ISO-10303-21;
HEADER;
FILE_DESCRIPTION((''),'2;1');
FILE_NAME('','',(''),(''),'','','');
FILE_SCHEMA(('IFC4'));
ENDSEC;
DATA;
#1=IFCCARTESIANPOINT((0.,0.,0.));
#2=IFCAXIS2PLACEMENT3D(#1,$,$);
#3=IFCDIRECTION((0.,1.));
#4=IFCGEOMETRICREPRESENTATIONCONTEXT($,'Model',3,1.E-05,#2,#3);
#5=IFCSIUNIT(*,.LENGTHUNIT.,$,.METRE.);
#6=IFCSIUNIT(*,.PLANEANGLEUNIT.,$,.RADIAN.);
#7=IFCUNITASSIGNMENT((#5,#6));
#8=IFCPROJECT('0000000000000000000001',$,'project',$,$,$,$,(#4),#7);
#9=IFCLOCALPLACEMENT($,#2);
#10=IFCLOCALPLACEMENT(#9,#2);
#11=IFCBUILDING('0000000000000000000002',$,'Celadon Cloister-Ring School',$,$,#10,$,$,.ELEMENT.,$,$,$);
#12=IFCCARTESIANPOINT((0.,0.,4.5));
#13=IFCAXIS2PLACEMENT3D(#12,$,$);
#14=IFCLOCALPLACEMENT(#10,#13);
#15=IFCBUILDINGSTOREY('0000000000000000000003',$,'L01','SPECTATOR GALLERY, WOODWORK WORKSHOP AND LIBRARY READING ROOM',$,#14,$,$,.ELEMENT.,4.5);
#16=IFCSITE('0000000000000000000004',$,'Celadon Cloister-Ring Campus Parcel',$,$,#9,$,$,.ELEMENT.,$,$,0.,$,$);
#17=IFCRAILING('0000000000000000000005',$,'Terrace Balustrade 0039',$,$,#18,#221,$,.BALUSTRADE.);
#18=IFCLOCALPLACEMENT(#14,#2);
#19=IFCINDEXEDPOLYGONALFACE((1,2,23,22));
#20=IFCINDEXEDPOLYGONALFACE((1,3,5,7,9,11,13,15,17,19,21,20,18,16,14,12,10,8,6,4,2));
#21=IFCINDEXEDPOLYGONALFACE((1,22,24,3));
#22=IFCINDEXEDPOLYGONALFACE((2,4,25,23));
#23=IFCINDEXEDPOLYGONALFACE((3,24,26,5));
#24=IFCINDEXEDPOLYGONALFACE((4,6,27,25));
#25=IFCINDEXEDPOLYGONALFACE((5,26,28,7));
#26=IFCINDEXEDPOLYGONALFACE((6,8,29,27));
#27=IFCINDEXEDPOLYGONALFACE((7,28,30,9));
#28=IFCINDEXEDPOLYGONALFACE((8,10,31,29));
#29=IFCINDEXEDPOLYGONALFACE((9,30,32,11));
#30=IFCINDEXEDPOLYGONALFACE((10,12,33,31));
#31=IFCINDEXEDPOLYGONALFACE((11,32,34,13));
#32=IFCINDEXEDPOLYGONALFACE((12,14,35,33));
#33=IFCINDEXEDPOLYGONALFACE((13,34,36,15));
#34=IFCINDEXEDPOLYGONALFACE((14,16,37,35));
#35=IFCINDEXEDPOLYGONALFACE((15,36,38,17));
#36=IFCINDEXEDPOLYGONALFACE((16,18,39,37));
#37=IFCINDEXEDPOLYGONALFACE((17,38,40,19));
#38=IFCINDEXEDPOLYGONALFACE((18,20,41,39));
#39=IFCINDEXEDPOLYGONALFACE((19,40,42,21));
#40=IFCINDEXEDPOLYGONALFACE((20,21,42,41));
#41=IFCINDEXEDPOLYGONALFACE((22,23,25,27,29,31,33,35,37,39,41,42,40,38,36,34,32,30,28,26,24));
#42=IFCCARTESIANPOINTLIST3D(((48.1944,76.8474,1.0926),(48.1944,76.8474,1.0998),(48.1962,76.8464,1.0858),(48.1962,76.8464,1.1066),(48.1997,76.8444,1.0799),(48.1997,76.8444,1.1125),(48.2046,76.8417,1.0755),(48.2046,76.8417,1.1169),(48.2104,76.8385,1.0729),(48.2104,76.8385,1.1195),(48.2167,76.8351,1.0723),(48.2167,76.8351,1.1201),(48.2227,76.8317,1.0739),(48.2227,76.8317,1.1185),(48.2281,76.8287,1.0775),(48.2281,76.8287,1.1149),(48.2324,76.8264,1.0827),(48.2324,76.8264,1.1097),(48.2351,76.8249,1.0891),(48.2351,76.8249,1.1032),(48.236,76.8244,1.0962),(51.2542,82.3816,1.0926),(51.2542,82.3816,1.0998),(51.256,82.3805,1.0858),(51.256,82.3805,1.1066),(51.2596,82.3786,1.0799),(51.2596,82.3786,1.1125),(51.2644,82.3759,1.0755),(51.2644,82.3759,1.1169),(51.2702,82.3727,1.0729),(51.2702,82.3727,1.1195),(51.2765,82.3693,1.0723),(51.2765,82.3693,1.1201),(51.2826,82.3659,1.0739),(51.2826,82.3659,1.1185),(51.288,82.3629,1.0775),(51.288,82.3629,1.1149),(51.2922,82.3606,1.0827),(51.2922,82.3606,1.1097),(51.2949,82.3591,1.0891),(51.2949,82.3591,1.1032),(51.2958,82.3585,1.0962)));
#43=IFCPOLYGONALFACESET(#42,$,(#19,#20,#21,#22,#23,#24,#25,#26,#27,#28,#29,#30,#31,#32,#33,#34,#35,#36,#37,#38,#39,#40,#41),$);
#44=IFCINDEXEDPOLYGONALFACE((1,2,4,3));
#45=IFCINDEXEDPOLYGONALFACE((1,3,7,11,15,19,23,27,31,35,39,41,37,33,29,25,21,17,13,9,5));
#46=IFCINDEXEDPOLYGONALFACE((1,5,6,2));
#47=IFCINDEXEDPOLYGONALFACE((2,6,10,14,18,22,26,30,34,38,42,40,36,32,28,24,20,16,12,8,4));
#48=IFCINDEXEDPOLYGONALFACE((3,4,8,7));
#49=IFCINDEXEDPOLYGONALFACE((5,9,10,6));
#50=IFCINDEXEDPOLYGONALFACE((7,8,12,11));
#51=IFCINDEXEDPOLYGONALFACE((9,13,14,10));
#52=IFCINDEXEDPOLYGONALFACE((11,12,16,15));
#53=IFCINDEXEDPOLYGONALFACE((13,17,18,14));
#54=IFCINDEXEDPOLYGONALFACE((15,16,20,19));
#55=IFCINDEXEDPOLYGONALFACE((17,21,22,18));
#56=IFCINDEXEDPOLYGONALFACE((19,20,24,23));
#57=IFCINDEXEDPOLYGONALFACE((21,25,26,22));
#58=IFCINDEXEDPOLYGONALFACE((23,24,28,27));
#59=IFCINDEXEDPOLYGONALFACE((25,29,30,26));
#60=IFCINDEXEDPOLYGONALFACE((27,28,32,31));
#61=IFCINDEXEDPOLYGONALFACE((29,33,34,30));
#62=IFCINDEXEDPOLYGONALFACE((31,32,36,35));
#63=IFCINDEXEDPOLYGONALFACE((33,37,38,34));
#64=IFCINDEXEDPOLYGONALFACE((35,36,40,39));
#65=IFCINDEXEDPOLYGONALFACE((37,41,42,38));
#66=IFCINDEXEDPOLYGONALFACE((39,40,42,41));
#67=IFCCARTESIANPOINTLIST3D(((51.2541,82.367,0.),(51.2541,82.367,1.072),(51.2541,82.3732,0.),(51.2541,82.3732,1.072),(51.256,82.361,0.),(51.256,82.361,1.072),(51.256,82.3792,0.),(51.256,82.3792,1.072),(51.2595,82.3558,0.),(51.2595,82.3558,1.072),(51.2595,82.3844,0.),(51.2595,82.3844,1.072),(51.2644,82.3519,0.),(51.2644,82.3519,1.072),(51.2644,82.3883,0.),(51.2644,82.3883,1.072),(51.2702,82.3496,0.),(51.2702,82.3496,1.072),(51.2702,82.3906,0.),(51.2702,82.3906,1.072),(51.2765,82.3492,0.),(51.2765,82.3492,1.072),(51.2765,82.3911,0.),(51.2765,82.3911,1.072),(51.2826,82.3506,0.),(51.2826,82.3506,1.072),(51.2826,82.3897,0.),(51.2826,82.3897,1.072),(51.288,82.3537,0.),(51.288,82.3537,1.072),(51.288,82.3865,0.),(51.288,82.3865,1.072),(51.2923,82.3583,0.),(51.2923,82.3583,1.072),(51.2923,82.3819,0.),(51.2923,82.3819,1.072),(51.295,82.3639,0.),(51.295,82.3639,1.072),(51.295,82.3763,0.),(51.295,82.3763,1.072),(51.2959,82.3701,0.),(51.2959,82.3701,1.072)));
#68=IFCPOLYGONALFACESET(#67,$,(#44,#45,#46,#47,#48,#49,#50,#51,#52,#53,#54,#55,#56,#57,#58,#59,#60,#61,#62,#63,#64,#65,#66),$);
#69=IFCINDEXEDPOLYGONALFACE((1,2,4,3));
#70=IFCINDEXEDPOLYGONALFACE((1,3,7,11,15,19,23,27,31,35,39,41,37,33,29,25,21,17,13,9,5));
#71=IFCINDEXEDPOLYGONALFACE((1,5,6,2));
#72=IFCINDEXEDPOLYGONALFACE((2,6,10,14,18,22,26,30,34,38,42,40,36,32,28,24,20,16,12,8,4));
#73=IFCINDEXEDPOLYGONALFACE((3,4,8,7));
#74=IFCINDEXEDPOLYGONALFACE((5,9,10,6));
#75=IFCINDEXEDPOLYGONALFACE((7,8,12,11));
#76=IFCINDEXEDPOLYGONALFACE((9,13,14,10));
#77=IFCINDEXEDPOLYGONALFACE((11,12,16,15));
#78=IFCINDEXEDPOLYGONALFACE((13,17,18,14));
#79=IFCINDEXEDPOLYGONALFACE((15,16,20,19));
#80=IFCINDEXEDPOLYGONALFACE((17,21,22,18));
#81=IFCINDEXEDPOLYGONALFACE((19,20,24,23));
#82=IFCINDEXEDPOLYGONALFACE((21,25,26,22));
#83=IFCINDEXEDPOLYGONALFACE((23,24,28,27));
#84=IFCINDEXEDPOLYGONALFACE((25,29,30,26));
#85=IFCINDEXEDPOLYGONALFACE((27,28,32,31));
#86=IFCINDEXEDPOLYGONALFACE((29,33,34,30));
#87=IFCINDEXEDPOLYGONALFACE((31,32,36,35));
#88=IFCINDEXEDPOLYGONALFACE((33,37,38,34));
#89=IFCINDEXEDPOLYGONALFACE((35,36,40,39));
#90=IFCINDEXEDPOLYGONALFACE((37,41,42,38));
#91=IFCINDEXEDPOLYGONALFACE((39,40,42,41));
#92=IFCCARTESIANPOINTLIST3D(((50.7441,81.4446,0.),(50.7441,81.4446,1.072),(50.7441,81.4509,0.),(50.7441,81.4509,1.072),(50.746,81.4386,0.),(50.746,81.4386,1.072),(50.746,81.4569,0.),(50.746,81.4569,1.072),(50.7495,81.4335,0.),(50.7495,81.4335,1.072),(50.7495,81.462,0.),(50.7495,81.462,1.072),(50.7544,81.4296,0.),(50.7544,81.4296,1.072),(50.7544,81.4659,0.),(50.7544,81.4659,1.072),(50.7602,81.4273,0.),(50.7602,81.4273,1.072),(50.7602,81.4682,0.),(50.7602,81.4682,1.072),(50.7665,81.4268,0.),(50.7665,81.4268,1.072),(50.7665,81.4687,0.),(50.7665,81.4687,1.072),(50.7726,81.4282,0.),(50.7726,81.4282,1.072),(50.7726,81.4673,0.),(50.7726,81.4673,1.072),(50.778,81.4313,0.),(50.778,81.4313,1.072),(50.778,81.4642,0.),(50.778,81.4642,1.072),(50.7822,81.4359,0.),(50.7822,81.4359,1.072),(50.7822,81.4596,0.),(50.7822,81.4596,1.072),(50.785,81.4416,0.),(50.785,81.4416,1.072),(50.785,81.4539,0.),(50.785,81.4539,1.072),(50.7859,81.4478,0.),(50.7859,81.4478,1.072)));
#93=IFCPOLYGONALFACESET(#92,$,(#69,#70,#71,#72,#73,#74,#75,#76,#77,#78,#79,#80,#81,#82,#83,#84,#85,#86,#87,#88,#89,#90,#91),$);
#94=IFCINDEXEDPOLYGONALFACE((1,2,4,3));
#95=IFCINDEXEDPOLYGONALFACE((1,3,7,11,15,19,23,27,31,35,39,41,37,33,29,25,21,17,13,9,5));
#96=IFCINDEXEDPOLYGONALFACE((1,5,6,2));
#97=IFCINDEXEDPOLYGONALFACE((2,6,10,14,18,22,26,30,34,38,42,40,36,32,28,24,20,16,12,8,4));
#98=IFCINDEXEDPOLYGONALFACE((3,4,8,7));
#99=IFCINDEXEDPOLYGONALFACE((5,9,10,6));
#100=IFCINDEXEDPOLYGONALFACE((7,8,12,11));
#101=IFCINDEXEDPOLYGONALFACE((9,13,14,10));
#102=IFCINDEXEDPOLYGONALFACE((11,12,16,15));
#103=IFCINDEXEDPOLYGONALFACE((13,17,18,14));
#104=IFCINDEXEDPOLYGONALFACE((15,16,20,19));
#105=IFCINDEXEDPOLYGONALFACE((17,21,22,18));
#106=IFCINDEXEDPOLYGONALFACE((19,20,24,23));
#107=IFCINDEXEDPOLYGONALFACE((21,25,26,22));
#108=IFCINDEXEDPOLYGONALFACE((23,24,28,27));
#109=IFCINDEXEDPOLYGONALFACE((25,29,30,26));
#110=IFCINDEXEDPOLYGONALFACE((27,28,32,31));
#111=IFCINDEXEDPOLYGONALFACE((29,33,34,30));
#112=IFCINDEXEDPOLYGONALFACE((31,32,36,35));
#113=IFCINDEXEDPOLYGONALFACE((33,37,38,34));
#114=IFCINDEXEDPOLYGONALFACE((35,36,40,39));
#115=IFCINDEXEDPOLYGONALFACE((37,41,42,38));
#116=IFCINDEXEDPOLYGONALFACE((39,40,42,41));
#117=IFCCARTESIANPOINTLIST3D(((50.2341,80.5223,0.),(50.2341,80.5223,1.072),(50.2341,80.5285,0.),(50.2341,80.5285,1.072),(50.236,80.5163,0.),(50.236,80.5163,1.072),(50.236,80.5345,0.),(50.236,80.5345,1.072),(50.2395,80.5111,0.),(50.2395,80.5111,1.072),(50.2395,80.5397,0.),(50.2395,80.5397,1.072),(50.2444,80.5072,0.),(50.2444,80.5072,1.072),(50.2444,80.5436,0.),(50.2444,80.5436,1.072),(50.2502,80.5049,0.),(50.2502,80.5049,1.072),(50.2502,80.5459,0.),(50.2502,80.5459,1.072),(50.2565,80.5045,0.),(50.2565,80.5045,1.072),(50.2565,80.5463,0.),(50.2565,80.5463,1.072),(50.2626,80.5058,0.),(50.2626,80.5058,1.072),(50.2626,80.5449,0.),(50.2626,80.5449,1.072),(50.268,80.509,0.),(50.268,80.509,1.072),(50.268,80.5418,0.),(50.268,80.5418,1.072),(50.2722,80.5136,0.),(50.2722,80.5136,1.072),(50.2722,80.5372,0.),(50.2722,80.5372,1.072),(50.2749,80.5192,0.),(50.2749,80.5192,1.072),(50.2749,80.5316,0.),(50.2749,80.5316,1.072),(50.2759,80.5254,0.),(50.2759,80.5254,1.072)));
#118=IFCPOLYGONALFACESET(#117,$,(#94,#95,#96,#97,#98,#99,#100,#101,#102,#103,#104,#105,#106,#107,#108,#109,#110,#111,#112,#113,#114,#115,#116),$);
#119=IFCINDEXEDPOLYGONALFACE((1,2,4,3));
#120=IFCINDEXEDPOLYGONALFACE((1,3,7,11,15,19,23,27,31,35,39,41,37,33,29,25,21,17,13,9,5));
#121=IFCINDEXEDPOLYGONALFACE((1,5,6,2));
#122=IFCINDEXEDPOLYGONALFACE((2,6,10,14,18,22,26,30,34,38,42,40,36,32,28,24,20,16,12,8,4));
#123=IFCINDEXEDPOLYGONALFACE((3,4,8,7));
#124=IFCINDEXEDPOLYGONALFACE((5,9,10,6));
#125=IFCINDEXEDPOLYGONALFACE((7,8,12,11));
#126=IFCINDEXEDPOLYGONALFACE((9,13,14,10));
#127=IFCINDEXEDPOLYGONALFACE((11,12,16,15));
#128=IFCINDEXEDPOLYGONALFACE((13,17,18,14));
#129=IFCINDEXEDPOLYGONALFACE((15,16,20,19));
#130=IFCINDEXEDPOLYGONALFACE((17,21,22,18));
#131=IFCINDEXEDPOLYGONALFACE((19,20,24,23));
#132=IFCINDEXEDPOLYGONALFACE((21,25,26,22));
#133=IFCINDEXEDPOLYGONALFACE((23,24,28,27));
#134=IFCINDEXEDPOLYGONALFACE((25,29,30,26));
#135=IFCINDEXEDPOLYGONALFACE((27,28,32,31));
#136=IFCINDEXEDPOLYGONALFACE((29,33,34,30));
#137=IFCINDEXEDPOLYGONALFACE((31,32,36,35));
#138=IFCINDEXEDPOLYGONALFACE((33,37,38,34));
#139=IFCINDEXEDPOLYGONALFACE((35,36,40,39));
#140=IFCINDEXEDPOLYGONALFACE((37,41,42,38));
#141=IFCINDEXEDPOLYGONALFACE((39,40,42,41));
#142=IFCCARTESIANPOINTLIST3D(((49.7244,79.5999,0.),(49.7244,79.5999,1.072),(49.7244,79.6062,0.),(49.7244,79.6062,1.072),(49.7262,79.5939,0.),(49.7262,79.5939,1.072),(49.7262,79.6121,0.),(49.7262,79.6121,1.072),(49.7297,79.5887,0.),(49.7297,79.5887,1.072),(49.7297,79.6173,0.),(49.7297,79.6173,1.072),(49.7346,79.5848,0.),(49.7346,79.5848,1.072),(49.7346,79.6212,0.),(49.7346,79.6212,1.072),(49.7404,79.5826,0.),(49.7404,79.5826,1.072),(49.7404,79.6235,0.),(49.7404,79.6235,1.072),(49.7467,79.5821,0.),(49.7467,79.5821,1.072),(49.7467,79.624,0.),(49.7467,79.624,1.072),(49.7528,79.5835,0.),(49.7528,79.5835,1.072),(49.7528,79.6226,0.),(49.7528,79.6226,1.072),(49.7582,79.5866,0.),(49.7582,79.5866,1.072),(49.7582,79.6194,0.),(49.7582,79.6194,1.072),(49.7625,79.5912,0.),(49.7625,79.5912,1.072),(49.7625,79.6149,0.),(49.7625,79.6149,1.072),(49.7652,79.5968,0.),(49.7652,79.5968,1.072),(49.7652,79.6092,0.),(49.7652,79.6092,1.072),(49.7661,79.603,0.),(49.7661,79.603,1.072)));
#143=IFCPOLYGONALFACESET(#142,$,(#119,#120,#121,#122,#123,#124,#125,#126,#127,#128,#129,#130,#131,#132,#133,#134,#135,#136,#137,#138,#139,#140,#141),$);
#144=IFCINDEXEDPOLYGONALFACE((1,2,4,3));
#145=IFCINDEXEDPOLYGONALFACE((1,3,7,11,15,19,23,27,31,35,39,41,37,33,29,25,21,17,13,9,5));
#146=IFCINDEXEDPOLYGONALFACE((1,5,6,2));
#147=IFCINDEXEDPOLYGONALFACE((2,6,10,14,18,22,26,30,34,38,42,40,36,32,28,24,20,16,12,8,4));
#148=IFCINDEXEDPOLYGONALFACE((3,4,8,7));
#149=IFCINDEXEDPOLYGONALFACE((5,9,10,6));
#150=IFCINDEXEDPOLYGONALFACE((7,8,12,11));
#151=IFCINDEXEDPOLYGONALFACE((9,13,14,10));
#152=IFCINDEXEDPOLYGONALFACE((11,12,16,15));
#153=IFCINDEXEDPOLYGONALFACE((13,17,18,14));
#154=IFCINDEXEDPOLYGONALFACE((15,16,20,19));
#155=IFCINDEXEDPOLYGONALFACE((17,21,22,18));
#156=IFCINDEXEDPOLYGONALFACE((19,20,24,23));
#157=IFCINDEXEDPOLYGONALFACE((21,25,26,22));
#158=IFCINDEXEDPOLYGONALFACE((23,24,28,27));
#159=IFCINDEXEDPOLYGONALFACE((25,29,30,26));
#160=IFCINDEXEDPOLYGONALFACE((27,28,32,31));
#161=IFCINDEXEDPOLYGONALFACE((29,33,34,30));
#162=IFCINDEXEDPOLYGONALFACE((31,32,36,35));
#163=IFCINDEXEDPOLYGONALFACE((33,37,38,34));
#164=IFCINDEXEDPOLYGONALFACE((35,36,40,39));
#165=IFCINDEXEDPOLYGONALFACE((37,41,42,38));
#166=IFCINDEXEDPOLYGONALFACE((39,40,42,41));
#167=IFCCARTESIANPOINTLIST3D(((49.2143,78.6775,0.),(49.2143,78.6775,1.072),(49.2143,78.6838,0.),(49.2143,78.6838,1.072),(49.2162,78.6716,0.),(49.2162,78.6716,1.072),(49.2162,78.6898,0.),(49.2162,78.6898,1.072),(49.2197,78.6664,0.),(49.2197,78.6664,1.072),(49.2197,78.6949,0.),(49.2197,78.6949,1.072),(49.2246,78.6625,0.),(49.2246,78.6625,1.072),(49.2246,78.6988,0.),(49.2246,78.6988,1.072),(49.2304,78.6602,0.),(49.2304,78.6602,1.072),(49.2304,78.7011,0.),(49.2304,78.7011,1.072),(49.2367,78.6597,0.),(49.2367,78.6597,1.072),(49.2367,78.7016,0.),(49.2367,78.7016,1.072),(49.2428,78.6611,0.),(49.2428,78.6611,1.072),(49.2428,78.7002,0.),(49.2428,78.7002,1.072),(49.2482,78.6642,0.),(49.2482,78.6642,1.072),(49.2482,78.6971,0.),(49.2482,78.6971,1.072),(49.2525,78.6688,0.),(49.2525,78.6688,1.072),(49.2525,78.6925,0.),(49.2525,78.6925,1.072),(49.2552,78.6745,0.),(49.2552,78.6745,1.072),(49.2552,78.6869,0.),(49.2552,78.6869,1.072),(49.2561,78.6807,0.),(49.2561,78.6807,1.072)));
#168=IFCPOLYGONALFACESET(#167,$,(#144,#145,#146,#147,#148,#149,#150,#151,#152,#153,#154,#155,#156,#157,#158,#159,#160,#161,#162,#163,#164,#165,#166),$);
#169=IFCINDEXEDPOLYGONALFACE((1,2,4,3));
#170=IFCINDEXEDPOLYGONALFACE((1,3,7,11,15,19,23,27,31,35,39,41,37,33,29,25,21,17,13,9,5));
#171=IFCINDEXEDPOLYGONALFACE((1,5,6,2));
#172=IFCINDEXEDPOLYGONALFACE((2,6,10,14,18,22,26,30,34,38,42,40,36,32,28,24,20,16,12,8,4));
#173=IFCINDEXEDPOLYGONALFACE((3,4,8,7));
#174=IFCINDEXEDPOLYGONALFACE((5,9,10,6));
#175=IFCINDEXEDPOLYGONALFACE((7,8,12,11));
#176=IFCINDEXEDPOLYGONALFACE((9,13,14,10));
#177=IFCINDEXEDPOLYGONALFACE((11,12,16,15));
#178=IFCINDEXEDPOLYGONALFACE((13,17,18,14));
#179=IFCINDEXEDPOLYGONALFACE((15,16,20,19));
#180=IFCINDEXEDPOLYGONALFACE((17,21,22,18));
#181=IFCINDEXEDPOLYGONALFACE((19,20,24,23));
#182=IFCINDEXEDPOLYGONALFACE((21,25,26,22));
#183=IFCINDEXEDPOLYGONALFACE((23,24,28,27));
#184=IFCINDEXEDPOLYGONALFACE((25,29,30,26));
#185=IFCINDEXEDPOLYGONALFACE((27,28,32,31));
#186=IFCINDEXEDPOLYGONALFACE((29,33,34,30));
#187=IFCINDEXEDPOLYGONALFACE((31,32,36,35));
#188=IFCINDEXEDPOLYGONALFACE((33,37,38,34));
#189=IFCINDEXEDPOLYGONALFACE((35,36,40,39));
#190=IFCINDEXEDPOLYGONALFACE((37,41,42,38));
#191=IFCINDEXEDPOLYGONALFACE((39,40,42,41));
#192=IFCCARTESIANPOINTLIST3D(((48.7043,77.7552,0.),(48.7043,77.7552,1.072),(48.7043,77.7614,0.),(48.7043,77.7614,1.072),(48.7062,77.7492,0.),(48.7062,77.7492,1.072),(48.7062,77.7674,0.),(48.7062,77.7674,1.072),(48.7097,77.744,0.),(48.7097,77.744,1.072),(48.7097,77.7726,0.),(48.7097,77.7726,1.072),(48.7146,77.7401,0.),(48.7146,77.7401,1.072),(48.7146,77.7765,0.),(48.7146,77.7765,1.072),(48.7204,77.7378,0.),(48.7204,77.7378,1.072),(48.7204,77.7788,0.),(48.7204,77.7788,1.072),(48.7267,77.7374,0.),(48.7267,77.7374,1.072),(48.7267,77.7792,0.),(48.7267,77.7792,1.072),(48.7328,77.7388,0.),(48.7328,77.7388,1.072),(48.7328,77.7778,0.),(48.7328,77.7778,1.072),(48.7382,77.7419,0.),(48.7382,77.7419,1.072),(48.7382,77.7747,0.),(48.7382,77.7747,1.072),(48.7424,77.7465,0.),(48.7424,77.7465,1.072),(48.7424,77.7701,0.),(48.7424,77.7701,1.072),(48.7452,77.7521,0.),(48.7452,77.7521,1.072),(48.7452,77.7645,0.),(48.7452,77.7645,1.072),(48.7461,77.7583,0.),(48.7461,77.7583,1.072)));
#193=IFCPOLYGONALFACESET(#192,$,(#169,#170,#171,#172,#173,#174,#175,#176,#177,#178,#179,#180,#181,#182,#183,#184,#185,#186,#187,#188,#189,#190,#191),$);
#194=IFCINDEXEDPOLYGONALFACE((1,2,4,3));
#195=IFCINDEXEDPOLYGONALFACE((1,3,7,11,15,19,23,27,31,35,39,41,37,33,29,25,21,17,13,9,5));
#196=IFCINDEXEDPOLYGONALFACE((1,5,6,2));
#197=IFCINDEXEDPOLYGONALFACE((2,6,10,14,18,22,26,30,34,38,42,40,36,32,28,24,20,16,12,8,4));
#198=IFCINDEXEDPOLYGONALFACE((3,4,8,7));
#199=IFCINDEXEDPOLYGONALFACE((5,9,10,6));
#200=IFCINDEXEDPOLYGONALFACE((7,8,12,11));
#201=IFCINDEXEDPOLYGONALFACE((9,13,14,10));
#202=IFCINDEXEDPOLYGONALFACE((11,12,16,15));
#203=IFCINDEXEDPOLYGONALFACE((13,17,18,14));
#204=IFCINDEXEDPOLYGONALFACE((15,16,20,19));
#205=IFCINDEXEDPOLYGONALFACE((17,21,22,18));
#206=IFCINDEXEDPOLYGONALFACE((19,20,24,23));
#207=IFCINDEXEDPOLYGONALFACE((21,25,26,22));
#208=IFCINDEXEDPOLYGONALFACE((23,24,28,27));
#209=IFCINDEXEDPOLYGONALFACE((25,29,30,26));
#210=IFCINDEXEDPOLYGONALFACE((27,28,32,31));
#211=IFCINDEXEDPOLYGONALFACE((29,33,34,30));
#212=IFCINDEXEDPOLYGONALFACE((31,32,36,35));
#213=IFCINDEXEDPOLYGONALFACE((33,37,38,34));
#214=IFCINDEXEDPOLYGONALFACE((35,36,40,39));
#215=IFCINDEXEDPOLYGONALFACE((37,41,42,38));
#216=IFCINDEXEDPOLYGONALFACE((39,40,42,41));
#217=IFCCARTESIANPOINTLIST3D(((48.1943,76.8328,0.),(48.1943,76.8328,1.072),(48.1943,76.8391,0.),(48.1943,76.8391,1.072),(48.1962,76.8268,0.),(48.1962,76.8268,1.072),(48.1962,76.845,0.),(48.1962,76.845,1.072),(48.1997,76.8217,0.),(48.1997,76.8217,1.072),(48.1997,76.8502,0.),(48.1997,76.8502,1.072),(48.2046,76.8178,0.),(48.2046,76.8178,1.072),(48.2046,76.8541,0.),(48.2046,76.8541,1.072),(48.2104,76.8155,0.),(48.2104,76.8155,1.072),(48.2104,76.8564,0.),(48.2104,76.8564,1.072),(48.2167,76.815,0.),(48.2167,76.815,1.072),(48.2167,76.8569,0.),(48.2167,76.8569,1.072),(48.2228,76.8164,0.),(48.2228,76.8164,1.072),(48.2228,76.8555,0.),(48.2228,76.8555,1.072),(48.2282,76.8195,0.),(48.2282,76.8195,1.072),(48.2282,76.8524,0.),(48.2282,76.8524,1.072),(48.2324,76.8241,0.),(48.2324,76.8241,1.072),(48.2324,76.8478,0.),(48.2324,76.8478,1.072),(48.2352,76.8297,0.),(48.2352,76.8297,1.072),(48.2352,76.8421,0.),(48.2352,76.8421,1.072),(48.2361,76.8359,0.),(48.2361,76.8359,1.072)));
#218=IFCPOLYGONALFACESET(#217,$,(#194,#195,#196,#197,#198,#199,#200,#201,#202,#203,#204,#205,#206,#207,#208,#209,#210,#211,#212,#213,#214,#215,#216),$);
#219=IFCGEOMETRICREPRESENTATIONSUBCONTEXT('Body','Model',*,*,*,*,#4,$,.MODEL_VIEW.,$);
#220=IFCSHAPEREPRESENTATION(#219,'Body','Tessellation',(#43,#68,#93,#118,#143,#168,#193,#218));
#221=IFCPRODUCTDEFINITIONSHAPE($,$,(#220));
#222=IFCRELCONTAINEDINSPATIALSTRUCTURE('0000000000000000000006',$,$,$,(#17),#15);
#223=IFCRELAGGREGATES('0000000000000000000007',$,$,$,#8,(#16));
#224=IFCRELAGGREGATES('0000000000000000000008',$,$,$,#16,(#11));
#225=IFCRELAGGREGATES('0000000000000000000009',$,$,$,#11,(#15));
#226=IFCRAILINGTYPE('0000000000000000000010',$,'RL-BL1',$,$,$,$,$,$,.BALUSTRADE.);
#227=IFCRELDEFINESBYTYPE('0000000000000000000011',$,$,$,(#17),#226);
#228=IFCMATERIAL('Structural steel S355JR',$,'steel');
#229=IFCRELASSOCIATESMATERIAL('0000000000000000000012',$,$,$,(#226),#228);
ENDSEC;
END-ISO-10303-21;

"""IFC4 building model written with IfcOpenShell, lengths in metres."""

from ifc_helpers import new_model, si_unit, direction, frame, origin, origin_2d, place, context, subcontext, project, spatial, circle, extrude, material, type_object, element, save


model = new_model("IFC4")

# Units and contexts
model_context = context("Model", 3, precision=1e-05, world=origin(), true_north=direction((0.0, 1.0)))
body_context = subcontext(model_context, "Body", "Model", "MODEL_VIEW")
ifc_project = project(units=[si_unit("LENGTHUNIT", "METRE"), si_unit("PLANEANGLEUNIT", "RADIAN")], contexts=[model_context])

# Site, building, storey
site_placement = place(None, origin())
site = spatial("IfcSite", under=ifc_project, at=site_placement, Name="Celadon Cloister-Ring Campus Parcel", CompositionType="ELEMENT", RefElevation=0.0)
building_placement = place(site_placement, origin())
building = spatial("IfcBuilding", under=site, at=building_placement, Name="Celadon Cloister-Ring School", CompositionType="ELEMENT")
storey_placement = place(building_placement, frame((0.0, 0.0, 4.5)))
storey = spatial("IfcBuildingStorey", under=building, at=storey_placement, Name="L01", Description="SPECTATOR GALLERY, WOODWORK WORKSHOP AND LIBRARY READING ROOM", CompositionType="ELEMENT", Elevation=4.5)

# Railing
ifc_material_1 = material(Name="Structural steel S355JR", Category="steel")
railing_type = type_object("IfcRailingType", Name="RL-BL1", PredefinedType="BALUSTRADE", material=ifc_material_1)
railing_placement = place(storey_placement, frame((51.2749, 82.3701, 0.0)))
element("IfcRailing", 1, at=railing_placement, inside=storey, type_object=railing_type, Name="Terrace Balustrade 0039", PredefinedType="BALUSTRADE", context=body_context, shape_type="SweptSolid", body=[
    extrude(circle(Radius=0.0239, at=origin_2d()), frame((0.0, 0.0, 1.0962), z_axis=(-0.483862, -0.875144, 0.0), x_axis=(0.875144, -0.483862, 0.0)), (0.0, 0.0, 1.0), 6.3237),
    extrude(circle(Radius=0.021, at=origin_2d()), origin(), (0.0, 0.0, 1.0), 1.072),
    extrude(circle(Radius=0.021, at=origin_2d()), frame((-0.51, -0.9224, 0.0)), (0.0, 0.0, 1.0), 1.072),
    extrude(circle(Radius=0.021, at=origin_2d()), frame((-1.02, -1.8447, 0.0)), (0.0, 0.0, 1.0), 1.072),
    extrude(circle(Radius=0.021, at=origin_2d()), frame((-1.5298, -2.7671, 0.0)), (0.0, 0.0, 1.0), 1.072),
    extrude(circle(Radius=0.021, at=origin_2d()), frame((-2.0398, -3.6895, 0.0)), (0.0, 0.0, 1.0), 1.072),
    extrude(circle(Radius=0.021, at=origin_2d()), frame((-2.5498, -4.6118, 0.0)), (0.0, 0.0, 1.0), 1.072),
    extrude(circle(Radius=0.021, at=origin_2d()), frame((-3.0598, -5.5342, 0.0)), (0.0, 0.0, 1.0), 1.072),
])

save(model, "model.ifc")
